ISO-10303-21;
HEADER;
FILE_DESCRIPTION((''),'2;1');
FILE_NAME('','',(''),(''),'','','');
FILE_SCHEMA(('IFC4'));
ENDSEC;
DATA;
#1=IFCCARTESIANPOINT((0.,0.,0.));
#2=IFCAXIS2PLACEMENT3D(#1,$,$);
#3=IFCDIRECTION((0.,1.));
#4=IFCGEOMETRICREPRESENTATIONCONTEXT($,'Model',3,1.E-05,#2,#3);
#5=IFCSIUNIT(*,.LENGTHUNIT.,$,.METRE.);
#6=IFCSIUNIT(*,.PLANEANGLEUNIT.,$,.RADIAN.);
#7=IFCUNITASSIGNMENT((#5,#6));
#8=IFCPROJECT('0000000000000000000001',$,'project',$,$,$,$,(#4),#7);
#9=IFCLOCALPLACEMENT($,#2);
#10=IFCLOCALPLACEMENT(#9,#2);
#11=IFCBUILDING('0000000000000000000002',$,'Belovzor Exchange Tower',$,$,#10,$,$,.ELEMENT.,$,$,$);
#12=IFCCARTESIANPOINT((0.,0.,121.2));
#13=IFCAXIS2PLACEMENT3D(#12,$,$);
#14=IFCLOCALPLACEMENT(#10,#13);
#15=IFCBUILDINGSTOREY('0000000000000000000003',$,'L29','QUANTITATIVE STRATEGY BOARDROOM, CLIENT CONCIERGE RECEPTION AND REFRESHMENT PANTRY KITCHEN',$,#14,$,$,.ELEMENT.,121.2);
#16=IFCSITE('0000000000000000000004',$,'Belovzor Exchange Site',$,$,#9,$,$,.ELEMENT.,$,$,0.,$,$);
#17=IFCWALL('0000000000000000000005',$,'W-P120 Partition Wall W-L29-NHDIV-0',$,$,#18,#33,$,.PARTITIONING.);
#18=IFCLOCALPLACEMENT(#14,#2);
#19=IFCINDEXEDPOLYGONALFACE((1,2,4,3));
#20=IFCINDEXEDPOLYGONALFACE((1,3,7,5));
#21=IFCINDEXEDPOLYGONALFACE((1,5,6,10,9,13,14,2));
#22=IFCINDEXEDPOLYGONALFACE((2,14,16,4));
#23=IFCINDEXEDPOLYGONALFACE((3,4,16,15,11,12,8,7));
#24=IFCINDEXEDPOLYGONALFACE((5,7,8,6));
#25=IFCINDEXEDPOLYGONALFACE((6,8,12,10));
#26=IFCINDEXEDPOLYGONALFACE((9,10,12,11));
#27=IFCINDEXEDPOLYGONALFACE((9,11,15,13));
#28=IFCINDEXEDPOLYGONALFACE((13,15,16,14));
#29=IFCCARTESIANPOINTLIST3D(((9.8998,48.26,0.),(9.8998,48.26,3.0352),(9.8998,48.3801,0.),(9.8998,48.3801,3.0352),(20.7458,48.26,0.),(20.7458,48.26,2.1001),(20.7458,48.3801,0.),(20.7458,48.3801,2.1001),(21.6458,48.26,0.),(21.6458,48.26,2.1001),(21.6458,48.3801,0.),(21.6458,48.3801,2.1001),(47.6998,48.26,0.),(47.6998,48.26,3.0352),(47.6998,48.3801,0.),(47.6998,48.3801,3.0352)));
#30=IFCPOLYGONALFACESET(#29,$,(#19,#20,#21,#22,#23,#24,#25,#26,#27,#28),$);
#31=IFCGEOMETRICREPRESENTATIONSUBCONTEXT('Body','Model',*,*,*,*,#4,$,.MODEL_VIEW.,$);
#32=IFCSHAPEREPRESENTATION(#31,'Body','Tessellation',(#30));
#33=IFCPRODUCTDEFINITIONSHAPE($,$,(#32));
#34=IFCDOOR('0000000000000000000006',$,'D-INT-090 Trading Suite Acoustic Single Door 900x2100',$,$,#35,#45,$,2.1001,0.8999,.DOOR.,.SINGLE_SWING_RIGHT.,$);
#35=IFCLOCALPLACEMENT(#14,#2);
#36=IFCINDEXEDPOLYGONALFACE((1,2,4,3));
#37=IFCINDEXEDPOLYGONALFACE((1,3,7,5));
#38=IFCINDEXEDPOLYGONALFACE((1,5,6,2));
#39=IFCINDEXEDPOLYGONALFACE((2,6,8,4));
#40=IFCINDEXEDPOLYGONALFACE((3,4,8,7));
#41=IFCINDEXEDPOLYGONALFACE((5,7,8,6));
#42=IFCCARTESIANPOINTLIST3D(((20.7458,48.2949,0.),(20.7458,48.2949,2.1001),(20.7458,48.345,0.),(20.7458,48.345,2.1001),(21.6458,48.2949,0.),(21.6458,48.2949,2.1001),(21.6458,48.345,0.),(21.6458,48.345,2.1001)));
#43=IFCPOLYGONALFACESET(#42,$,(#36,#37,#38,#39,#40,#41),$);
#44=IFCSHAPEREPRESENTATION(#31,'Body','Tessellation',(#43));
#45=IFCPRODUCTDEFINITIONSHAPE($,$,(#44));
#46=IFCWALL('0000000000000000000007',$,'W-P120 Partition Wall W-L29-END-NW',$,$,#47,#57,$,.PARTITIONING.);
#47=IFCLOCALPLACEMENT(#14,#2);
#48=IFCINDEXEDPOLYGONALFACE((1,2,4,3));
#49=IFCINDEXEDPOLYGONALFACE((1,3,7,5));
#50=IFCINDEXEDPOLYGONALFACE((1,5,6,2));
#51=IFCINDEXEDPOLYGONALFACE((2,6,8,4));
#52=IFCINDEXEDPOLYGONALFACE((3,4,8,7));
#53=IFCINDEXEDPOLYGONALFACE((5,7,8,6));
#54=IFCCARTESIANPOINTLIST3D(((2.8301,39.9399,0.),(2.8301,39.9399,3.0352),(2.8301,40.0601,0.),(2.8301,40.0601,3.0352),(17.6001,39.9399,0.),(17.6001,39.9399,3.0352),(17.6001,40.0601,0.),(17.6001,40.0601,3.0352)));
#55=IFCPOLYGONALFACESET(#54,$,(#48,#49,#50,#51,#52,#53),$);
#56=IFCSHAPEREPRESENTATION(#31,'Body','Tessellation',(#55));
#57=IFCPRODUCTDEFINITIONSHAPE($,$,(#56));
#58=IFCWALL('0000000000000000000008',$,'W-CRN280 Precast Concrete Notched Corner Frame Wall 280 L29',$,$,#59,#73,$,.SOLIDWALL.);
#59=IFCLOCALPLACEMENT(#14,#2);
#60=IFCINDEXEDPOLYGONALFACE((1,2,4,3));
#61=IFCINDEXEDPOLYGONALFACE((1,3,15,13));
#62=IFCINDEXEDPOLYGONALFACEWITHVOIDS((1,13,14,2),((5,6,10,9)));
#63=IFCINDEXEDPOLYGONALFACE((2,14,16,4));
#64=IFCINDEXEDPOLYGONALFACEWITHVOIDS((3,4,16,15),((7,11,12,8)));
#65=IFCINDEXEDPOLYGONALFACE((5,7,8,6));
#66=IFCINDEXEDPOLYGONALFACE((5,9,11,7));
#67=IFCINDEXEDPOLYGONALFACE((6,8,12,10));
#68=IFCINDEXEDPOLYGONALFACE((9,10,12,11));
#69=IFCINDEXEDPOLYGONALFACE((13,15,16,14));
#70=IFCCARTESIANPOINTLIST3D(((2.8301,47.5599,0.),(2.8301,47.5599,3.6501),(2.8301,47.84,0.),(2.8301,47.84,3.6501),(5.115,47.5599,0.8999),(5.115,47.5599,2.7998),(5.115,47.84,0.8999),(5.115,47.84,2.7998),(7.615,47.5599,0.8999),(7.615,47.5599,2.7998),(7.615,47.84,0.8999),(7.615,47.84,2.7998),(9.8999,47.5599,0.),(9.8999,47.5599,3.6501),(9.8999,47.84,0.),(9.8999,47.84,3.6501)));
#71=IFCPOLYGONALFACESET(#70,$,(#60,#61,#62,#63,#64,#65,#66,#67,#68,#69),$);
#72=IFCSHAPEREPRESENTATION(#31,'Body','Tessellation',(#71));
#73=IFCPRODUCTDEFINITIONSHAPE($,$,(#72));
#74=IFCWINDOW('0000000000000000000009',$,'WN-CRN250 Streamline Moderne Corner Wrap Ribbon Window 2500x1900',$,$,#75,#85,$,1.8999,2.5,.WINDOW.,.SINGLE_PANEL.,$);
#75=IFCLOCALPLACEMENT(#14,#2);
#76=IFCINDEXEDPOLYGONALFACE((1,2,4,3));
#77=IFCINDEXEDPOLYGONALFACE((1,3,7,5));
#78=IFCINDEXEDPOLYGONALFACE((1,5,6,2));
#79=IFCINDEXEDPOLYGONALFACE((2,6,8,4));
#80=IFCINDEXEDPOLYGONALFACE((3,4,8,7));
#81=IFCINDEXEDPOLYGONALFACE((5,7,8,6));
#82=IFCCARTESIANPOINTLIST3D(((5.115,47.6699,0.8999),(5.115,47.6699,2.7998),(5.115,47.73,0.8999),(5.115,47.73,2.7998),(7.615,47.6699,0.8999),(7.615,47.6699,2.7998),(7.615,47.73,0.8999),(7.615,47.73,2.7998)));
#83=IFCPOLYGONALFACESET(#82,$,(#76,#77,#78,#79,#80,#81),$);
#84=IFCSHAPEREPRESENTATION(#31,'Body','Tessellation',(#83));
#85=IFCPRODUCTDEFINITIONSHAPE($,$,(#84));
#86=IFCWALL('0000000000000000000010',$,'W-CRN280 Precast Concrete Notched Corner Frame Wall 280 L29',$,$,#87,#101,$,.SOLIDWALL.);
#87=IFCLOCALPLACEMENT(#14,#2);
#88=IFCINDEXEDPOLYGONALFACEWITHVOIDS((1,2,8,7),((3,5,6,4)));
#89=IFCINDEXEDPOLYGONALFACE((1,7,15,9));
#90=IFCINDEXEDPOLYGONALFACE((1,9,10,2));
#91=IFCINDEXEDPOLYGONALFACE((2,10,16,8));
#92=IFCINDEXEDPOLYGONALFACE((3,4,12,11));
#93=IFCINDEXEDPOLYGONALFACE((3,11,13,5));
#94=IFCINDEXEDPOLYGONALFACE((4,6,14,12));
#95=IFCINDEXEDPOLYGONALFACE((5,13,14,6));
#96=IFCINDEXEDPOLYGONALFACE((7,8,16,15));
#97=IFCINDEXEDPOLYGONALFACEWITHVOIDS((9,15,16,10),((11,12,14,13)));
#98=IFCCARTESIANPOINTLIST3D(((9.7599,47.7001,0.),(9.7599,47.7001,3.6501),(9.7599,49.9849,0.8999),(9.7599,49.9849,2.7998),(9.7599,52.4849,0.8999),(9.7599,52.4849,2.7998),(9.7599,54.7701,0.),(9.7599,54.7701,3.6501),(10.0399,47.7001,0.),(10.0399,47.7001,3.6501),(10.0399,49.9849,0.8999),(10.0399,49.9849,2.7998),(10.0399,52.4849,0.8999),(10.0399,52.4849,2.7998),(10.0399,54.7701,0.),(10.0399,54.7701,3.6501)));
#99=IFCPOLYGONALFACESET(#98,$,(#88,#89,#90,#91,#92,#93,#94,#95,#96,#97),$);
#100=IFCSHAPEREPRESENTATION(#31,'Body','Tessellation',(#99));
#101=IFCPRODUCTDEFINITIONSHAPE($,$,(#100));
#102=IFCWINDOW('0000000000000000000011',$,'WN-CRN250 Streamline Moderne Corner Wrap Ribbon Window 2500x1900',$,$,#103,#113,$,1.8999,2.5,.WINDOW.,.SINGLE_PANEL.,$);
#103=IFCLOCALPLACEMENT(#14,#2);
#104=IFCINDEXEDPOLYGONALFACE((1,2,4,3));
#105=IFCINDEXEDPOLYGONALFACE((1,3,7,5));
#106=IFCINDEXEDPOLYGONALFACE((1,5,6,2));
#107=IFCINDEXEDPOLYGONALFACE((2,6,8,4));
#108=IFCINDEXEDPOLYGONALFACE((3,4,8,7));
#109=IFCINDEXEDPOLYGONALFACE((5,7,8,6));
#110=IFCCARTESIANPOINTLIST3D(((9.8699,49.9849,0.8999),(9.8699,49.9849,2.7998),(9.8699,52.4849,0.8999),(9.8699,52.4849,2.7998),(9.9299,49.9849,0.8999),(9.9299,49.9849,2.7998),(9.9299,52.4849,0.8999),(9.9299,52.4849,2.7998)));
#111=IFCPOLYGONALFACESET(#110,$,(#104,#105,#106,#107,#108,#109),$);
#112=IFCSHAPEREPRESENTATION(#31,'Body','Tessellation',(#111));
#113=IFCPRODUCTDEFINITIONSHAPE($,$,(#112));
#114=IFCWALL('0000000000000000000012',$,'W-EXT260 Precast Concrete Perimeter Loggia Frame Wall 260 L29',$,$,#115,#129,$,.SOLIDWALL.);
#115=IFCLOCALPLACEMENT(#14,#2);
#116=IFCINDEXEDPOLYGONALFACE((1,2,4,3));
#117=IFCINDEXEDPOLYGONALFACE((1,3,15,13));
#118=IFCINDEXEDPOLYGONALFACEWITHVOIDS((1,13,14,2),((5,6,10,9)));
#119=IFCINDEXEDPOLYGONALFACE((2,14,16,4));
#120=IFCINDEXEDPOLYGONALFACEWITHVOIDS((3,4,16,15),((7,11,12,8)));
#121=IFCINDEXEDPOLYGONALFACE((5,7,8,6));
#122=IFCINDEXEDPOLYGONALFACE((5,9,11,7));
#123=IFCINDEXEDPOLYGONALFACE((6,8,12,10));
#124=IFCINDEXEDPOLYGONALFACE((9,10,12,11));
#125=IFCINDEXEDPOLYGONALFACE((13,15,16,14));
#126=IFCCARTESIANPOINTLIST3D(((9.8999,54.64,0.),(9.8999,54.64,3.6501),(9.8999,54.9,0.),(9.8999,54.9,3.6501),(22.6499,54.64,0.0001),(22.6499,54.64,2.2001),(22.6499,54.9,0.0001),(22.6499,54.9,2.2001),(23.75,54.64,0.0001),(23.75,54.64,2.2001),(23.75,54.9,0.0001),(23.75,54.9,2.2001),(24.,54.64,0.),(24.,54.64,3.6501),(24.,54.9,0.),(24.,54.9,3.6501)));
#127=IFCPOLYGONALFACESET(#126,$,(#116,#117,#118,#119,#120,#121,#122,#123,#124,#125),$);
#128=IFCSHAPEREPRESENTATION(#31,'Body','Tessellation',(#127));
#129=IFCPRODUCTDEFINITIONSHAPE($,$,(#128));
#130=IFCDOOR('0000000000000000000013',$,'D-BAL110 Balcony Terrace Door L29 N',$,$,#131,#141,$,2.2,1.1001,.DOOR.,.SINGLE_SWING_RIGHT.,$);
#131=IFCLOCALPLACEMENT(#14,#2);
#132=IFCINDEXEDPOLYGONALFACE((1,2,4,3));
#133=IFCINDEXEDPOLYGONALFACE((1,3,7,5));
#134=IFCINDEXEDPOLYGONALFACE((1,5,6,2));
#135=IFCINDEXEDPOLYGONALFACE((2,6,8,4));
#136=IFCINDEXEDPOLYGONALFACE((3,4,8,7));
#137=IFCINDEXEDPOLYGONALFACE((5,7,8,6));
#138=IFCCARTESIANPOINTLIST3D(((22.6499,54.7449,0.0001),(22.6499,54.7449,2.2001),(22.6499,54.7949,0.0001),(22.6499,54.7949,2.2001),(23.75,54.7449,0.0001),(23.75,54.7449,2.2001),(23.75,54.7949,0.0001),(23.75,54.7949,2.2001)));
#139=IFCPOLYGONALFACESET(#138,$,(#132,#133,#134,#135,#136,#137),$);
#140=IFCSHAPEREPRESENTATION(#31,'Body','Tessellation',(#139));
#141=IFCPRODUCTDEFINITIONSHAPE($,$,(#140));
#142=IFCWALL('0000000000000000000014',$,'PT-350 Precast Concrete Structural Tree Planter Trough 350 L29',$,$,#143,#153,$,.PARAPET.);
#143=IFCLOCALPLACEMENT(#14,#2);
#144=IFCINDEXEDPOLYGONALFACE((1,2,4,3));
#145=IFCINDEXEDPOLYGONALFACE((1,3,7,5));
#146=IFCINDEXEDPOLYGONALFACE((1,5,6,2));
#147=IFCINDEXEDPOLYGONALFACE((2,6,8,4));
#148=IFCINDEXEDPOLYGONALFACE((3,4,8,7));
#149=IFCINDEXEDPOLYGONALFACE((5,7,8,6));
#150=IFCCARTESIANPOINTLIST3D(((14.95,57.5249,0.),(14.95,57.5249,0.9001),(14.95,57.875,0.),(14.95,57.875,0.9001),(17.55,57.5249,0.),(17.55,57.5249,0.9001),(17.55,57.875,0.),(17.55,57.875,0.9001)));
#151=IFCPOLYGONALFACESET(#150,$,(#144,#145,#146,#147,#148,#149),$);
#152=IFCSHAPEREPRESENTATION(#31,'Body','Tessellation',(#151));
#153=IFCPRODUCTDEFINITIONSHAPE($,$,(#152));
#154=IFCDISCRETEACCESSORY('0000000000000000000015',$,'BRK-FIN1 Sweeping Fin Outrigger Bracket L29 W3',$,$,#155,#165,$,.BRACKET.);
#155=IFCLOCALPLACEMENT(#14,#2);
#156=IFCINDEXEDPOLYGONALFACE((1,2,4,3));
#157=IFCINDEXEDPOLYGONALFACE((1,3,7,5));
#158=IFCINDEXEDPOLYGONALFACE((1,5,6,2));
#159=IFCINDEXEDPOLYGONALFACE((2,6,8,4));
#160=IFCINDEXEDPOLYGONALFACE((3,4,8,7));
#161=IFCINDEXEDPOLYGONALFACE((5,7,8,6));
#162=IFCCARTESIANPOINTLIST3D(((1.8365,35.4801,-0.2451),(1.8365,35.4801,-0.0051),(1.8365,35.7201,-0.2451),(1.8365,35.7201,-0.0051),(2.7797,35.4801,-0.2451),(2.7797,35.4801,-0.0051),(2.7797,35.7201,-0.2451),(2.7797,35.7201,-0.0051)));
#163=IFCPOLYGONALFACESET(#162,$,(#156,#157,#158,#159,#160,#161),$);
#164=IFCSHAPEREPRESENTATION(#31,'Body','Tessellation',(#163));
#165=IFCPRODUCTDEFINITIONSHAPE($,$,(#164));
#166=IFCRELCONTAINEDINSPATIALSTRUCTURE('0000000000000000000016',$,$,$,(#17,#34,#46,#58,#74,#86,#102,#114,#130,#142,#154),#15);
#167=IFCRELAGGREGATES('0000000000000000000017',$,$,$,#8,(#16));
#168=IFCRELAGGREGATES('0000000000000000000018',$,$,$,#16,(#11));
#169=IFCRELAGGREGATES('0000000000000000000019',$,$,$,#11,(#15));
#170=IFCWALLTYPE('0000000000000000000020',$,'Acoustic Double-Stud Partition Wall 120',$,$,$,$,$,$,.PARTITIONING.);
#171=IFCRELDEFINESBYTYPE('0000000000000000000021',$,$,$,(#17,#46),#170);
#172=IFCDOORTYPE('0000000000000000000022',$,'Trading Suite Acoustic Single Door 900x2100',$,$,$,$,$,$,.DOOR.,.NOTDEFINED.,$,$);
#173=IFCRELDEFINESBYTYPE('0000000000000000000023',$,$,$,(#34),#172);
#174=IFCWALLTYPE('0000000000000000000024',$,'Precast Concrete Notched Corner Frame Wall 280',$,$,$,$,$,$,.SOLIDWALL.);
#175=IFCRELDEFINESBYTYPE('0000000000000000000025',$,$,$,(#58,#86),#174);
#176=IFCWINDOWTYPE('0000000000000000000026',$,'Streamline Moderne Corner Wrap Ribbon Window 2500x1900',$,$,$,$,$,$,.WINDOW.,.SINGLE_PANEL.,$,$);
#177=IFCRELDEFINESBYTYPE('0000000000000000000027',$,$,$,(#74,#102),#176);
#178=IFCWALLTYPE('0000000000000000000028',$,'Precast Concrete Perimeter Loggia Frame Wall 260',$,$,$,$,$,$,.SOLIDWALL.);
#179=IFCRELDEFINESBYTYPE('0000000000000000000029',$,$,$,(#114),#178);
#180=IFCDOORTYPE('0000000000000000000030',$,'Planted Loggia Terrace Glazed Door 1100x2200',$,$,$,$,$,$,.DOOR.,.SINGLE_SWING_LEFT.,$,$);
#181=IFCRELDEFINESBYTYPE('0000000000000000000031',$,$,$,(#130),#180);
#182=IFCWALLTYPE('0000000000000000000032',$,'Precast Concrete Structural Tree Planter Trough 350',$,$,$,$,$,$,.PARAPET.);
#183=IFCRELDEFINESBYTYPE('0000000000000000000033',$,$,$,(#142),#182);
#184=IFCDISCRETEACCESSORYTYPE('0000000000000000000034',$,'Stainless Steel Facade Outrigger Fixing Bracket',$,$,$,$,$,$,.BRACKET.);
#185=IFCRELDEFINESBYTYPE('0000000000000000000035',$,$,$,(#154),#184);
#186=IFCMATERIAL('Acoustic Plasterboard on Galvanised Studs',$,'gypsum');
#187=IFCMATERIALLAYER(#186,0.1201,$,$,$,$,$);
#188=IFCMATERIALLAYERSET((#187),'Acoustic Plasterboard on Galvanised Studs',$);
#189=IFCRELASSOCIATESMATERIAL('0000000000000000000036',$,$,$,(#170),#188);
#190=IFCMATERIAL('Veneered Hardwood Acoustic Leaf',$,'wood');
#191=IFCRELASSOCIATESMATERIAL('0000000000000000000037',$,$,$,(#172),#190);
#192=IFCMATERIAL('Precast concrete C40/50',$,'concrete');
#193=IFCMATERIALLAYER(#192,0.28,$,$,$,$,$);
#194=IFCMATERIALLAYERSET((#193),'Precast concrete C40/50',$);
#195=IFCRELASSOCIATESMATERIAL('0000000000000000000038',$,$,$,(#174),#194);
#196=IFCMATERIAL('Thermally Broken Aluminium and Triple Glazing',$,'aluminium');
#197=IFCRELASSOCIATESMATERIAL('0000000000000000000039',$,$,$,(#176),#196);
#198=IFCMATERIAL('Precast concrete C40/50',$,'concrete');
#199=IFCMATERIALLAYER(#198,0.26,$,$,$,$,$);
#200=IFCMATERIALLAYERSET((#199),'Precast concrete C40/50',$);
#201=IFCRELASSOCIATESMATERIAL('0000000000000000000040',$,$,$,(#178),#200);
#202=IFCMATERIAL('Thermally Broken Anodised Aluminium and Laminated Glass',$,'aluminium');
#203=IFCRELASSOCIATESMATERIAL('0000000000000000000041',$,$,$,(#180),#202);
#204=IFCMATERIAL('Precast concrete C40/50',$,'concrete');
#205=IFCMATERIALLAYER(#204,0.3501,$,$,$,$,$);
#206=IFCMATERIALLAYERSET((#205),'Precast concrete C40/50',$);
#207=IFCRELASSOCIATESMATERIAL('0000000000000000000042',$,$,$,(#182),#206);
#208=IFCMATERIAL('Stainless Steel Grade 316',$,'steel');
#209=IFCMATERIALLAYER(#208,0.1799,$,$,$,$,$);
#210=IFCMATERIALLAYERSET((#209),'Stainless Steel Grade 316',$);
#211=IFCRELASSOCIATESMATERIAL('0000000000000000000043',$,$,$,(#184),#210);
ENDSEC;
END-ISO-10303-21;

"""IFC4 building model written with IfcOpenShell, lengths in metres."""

from ifc_helpers import new_model, si_unit, direction, frame, frame_2d, origin, origin_2d, place, context, subcontext, project, spatial, rectangle, extrude, material, layer, layer_set, type_object, element, fill, save


model = new_model("IFC4")

# Units and contexts
model_context = context("Model", 3, precision=1e-05, world=origin(), true_north=direction((0.0, 1.0)))
body_context = subcontext(model_context, "Body", "Model", "MODEL_VIEW")
ifc_project = project(units=[si_unit("LENGTHUNIT", "METRE"), si_unit("PLANEANGLEUNIT", "RADIAN")], contexts=[model_context])

# Site, building, storey
site_placement = place(None, origin())
site = spatial("IfcSite", under=ifc_project, at=site_placement, Name="Belovzor Exchange Site", CompositionType="ELEMENT", RefElevation=0.0)
building_placement = place(site_placement, origin())
building = spatial("IfcBuilding", under=site, at=building_placement, Name="Belovzor Exchange Tower", CompositionType="ELEMENT")
storey_placement = place(building_placement, frame((0.0, 0.0, 121.2)))
storey = spatial("IfcBuildingStorey", under=building, at=storey_placement, Name="L29", Description="QUANTITATIVE STRATEGY BOARDROOM, CLIENT CONCIERGE RECEPTION AND REFRESHMENT PANTRY KITCHEN", CompositionType="ELEMENT", Elevation=121.2)

# Wall, opening, door
ifc_material_1 = material(Name="Acoustic Plasterboard on Galvanised Studs", Category="gypsum")
ifc_layer_1 = layer(ifc_material_1, 0.1201)
ifc_layer_set_1 = layer_set([ifc_layer_1], Name="Acoustic Plasterboard on Galvanised Studs")
wall_type_1 = type_object("IfcWallType", Name="Acoustic Double-Stud Partition Wall 120", PredefinedType="PARTITIONING", material=ifc_layer_set_1)
wall_1_placement = place(storey_placement, frame((9.8999, 48.3201, 0.0), z_axis=(0.0, 0.0, 1.0), x_axis=(1.0, 0.0, 0.0)))
wall_1 = element("IfcWall", 1, at=wall_1_placement, inside=storey, type_object=wall_type_1, Name="W-P120 Partition Wall W-L29-NHDIV-0", PredefinedType="PARTITIONING", context=body_context, shape_type="SweptSolid", body=[
    extrude(rectangle(XDim=37.8, YDim=0.1201, at=frame_2d((18.8999, 0.0))), origin(), (0.0, 0.0, 1.0), 3.0352),
])
opening_1_placement = place(wall_1_placement, frame((10.8459, 0.0, 0.0)))
opening_1 = element("IfcOpeningElement", 2, at=opening_1_placement, cuts=wall_1, PredefinedType="OPENING", context=body_context, shape_type="SweptSolid", body=[
    extrude(rectangle(XDim=0.8999, YDim=2.1001, at=frame_2d((0.45, 1.05))), frame((0.0, 0.0701, 0.0), z_axis=(0.0, -1.0, 0.0), x_axis=(1.0, 0.0, 0.0)), (0.0, 0.0, 1.0), 0.1401),
])
ifc_material_2 = material(Name="Veneered Hardwood Acoustic Leaf", Category="wood")
door_type_1 = type_object("IfcDoorType", Name="Trading Suite Acoustic Single Door 900x2100", OperationType="NOTDEFINED", PredefinedType="DOOR", material=ifc_material_2)
door_1_placement = place(opening_1_placement, origin())
door_1 = element("IfcDoor", 3, at=door_1_placement, inside=storey, type_object=door_type_1, Name="D-INT-090 Trading Suite Acoustic Single Door 900x2100", OperationType="SINGLE_SWING_RIGHT", OverallHeight=2.1001, OverallWidth=0.8999, PredefinedType="DOOR", context=body_context, shape_type="SweptSolid", body=[
    extrude(rectangle(XDim=0.8999, YDim=2.1001, at=frame_2d((0.45, 1.05))), frame((0.0, 0.0249, 0.0), z_axis=(0.0, -1.0, 0.0), x_axis=(1.0, 0.0, 0.0)), (0.0, 0.0, 1.0), 0.05),
])
fill(opening_1, door_1)

# Wall
wall_2_placement = place(storey_placement, frame((2.8301, 40.0, 0.0), z_axis=(0.0, 0.0, 1.0), x_axis=(1.0, 0.0, 0.0)))
element("IfcWall", 4, at=wall_2_placement, inside=storey, type_object=wall_type_1, Name="W-P120 Partition Wall W-L29-END-NW", PredefinedType="PARTITIONING", context=body_context, shape_type="SweptSolid", body=[
    extrude(rectangle(XDim=14.77, YDim=0.1201, at=frame_2d((7.385, 0.0))), origin(), (0.0, 0.0, 1.0), 3.0352),
])

# Walls, openings, windows
ifc_material_3 = material(Name="Precast concrete C40/50", Category="concrete")
ifc_layer_2 = layer(ifc_material_3, 0.28)
ifc_layer_set_2 = layer_set([ifc_layer_2], Name="Precast concrete C40/50")
wall_type_2 = type_object("IfcWallType", Name="Precast Concrete Notched Corner Frame Wall 280", PredefinedType="SOLIDWALL", material=ifc_layer_set_2)
wall_3_placement = place(storey_placement, frame((2.8301, 47.7, 0.0), z_axis=(0.0, 0.0, 1.0), x_axis=(1.0, 0.0, 0.0)))
wall_3 = element("IfcWall", 5, at=wall_3_placement, inside=storey, type_object=wall_type_2, Name="W-CRN280 Precast Concrete Notched Corner Frame Wall 280 L29", PredefinedType="SOLIDWALL", context=body_context, shape_type="SweptSolid", body=[
    extrude(rectangle(XDim=7.0698, YDim=0.28, at=frame_2d((3.5349, 0.0))), origin(), (0.0, 0.0, 1.0), 3.6501),
])
opening_2_placement = place(wall_3_placement, frame((2.2849, 0.0, 0.8999)))
opening_2 = element("IfcOpeningElement", 6, at=opening_2_placement, cuts=wall_3, PredefinedType="OPENING", context=body_context, shape_type="SweptSolid", body=[
    extrude(rectangle(XDim=2.5, YDim=1.8999, at=frame_2d((1.25, 0.95))), frame((0.0, 0.1499, 0.0), z_axis=(0.0, -1.0, 0.0), x_axis=(1.0, 0.0, 0.0)), (0.0, 0.0, 1.0), 0.3),
])
ifc_material_4 = material(Name="Thermally Broken Aluminium and Triple Glazing", Category="aluminium")
window_type = type_object("IfcWindowType", Name="Streamline Moderne Corner Wrap Ribbon Window 2500x1900", PartitioningType="SINGLE_PANEL", PredefinedType="WINDOW", material=ifc_material_4)
window_1_placement = place(opening_2_placement, origin())
window_1 = element("IfcWindow", 7, at=window_1_placement, inside=storey, type_object=window_type, Name="WN-CRN250 Streamline Moderne Corner Wrap Ribbon Window 2500x1900", OverallHeight=1.8999, OverallWidth=2.5, PartitioningType="SINGLE_PANEL", PredefinedType="WINDOW", context=body_context, shape_type="SweptSolid", body=[
    extrude(rectangle(XDim=2.5, YDim=1.8999, at=frame_2d((1.25, 0.95))), frame((0.0, 0.03, 0.0), z_axis=(0.0, -1.0, 0.0), x_axis=(1.0, 0.0, 0.0)), (0.0, 0.0, 1.0), 0.0601),
])
fill(opening_2, window_1)
wall_4_placement = place(storey_placement, frame((9.8999, 47.7, 0.0), z_axis=(0.0, 0.0, 1.0), x_axis=(0.0, 1.0, 0.0)))
wall_4 = element("IfcWall", 8, at=wall_4_placement, inside=storey, type_object=wall_type_2, Name="W-CRN280 Precast Concrete Notched Corner Frame Wall 280 L29", PredefinedType="SOLIDWALL", context=body_context, shape_type="SweptSolid", body=[
    extrude(rectangle(XDim=7.0701, YDim=0.28, at=frame_2d((3.5352, 0.0))), origin(), (0.0, 0.0, 1.0), 3.6501),
])
opening_3_placement = place(wall_4_placement, frame((2.2849, 0.0, 0.8999)))
opening_3 = element("IfcOpeningElement", 9, at=opening_3_placement, cuts=wall_4, PredefinedType="OPENING", context=body_context, shape_type="SweptSolid", body=[
    extrude(rectangle(XDim=2.5, YDim=1.8999, at=frame_2d((1.25, 0.95))), frame((0.0, 0.1499, 0.0), z_axis=(0.0, -1.0, 0.0), x_axis=(1.0, 0.0, 0.0)), (0.0, 0.0, 1.0), 0.3),
])
window_2_placement = place(opening_3_placement, origin())
window_2 = element("IfcWindow", 10, at=window_2_placement, inside=storey, type_object=window_type, Name="WN-CRN250 Streamline Moderne Corner Wrap Ribbon Window 2500x1900", OverallHeight=1.8999, OverallWidth=2.5, PartitioningType="SINGLE_PANEL", PredefinedType="WINDOW", context=body_context, shape_type="SweptSolid", body=[
    extrude(rectangle(XDim=2.5, YDim=1.8999, at=frame_2d((1.25, 0.95))), frame((0.0, 0.03, 0.0), z_axis=(0.0, -1.0, 0.0), x_axis=(1.0, 0.0, 0.0)), (0.0, 0.0, 1.0), 0.0601),
])
fill(opening_3, window_2)

# Wall, opening, door
ifc_material_5 = material(Name="Precast concrete C40/50", Category="concrete")
ifc_layer_3 = layer(ifc_material_5, 0.26)
ifc_layer_set_3 = layer_set([ifc_layer_3], Name="Precast concrete C40/50")
wall_type_3 = type_object("IfcWallType", Name="Precast Concrete Perimeter Loggia Frame Wall 260", PredefinedType="SOLIDWALL", material=ifc_layer_set_3)
wall_5_placement = place(storey_placement, frame((9.8999, 54.77, 0.0), z_axis=(0.0, 0.0, 1.0), x_axis=(1.0, 0.0, 0.0)))
wall_5 = element("IfcWall", 11, at=wall_5_placement, inside=storey, type_object=wall_type_3, Name="W-EXT260 Precast Concrete Perimeter Loggia Frame Wall 260 L29", PredefinedType="SOLIDWALL", context=body_context, shape_type="SweptSolid", body=[
    extrude(rectangle(XDim=14.1001, YDim=0.26, at=frame_2d((7.05, 0.0))), origin(), (0.0, 0.0, 1.0), 3.6501),
])
opening_4_placement = place(wall_5_placement, frame((12.75, 0.0, 0.0)))
opening_4 = element("IfcOpeningElement", 12, at=opening_4_placement, cuts=wall_5, PredefinedType="OPENING", context=body_context, shape_type="SweptSolid", body=[
    extrude(rectangle(XDim=1.1001, YDim=2.2, at=frame_2d((0.55, 1.1001))), frame((0.0, 0.1399, 0.0), z_axis=(0.0, -1.0, 0.0), x_axis=(1.0, 0.0, 0.0)), (0.0, 0.0, 1.0), 0.28),
])
ifc_material_6 = material(Name="Thermally Broken Anodised Aluminium and Laminated Glass", Category="aluminium")
door_type_2 = type_object("IfcDoorType", Name="Planted Loggia Terrace Glazed Door 1100x2200", OperationType="SINGLE_SWING_LEFT", PredefinedType="DOOR", material=ifc_material_6)
door_2_placement = place(opening_4_placement, origin())
door_2 = element("IfcDoor", 13, at=door_2_placement, inside=storey, type_object=door_type_2, Name="D-BAL110 Balcony Terrace Door L29 N", OperationType="SINGLE_SWING_RIGHT", OverallHeight=2.2, OverallWidth=1.1001, PredefinedType="DOOR", context=body_context, shape_type="SweptSolid", body=[
    extrude(rectangle(XDim=1.1001, YDim=2.2, at=frame_2d((0.55, 1.1001))), frame((0.0, 0.0249, 0.0), z_axis=(0.0, -1.0, 0.0), x_axis=(1.0, 0.0, 0.0)), (0.0, 0.0, 1.0), 0.05),
])
fill(opening_4, door_2)

# Wall
ifc_material_7 = material(Name="Precast concrete C40/50", Category="concrete")
ifc_layer_4 = layer(ifc_material_7, 0.3501)
ifc_layer_set_4 = layer_set([ifc_layer_4], Name="Precast concrete C40/50")
wall_type_4 = type_object("IfcWallType", Name="Precast Concrete Structural Tree Planter Trough 350", PredefinedType="PARAPET", material=ifc_layer_set_4)
wall_6_placement = place(storey_placement, frame((14.95, 57.7, 0.0), z_axis=(0.0, 0.0, 1.0), x_axis=(1.0, 0.0, 0.0)))
element("IfcWall", 14, at=wall_6_placement, inside=storey, type_object=wall_type_4, Name="PT-350 Precast Concrete Structural Tree Planter Trough 350 L29", PredefinedType="PARAPET", context=body_context, shape_type="SweptSolid", body=[
    extrude(rectangle(XDim=2.6001, YDim=0.3501, at=frame_2d((1.3, 0.0))), origin(), (0.0, 0.0, 1.0), 0.9001),
])

# Discrete accessory
ifc_material_8 = material(Name="Stainless Steel Grade 316", Category="steel")
ifc_layer_5 = layer(ifc_material_8, 0.1799)
ifc_layer_set_5 = layer_set([ifc_layer_5], Name="Stainless Steel Grade 316")
discrete_accessory_type = type_object("IfcDiscreteAccessoryType", Name="Stainless Steel Facade Outrigger Fixing Bracket", PredefinedType="BRACKET", material=ifc_layer_set_5)
for number, where, z_axis, x_axis, name in (
    (15, (2.3081, 35.6001, -0.2451), (0.0, 0.0, 1.0), (1.0, 0.0, 0.0), "BRK-FIN1 Sweeping Fin Outrigger Bracket L29 W3"),
):
    element("IfcDiscreteAccessory", number, at=place(storey_placement, frame(where, z_axis=z_axis, x_axis=x_axis)), inside=storey, type_object=discrete_accessory_type, Name=name, PredefinedType="BRACKET", context=body_context, shape_type="SweptSolid", body=[
        extrude(rectangle(XDim=0.9431, YDim=0.24, at=origin_2d()), origin(), (0.0, 0.0, 1.0), 0.24),
    ])

save(model, "model.ifc")
